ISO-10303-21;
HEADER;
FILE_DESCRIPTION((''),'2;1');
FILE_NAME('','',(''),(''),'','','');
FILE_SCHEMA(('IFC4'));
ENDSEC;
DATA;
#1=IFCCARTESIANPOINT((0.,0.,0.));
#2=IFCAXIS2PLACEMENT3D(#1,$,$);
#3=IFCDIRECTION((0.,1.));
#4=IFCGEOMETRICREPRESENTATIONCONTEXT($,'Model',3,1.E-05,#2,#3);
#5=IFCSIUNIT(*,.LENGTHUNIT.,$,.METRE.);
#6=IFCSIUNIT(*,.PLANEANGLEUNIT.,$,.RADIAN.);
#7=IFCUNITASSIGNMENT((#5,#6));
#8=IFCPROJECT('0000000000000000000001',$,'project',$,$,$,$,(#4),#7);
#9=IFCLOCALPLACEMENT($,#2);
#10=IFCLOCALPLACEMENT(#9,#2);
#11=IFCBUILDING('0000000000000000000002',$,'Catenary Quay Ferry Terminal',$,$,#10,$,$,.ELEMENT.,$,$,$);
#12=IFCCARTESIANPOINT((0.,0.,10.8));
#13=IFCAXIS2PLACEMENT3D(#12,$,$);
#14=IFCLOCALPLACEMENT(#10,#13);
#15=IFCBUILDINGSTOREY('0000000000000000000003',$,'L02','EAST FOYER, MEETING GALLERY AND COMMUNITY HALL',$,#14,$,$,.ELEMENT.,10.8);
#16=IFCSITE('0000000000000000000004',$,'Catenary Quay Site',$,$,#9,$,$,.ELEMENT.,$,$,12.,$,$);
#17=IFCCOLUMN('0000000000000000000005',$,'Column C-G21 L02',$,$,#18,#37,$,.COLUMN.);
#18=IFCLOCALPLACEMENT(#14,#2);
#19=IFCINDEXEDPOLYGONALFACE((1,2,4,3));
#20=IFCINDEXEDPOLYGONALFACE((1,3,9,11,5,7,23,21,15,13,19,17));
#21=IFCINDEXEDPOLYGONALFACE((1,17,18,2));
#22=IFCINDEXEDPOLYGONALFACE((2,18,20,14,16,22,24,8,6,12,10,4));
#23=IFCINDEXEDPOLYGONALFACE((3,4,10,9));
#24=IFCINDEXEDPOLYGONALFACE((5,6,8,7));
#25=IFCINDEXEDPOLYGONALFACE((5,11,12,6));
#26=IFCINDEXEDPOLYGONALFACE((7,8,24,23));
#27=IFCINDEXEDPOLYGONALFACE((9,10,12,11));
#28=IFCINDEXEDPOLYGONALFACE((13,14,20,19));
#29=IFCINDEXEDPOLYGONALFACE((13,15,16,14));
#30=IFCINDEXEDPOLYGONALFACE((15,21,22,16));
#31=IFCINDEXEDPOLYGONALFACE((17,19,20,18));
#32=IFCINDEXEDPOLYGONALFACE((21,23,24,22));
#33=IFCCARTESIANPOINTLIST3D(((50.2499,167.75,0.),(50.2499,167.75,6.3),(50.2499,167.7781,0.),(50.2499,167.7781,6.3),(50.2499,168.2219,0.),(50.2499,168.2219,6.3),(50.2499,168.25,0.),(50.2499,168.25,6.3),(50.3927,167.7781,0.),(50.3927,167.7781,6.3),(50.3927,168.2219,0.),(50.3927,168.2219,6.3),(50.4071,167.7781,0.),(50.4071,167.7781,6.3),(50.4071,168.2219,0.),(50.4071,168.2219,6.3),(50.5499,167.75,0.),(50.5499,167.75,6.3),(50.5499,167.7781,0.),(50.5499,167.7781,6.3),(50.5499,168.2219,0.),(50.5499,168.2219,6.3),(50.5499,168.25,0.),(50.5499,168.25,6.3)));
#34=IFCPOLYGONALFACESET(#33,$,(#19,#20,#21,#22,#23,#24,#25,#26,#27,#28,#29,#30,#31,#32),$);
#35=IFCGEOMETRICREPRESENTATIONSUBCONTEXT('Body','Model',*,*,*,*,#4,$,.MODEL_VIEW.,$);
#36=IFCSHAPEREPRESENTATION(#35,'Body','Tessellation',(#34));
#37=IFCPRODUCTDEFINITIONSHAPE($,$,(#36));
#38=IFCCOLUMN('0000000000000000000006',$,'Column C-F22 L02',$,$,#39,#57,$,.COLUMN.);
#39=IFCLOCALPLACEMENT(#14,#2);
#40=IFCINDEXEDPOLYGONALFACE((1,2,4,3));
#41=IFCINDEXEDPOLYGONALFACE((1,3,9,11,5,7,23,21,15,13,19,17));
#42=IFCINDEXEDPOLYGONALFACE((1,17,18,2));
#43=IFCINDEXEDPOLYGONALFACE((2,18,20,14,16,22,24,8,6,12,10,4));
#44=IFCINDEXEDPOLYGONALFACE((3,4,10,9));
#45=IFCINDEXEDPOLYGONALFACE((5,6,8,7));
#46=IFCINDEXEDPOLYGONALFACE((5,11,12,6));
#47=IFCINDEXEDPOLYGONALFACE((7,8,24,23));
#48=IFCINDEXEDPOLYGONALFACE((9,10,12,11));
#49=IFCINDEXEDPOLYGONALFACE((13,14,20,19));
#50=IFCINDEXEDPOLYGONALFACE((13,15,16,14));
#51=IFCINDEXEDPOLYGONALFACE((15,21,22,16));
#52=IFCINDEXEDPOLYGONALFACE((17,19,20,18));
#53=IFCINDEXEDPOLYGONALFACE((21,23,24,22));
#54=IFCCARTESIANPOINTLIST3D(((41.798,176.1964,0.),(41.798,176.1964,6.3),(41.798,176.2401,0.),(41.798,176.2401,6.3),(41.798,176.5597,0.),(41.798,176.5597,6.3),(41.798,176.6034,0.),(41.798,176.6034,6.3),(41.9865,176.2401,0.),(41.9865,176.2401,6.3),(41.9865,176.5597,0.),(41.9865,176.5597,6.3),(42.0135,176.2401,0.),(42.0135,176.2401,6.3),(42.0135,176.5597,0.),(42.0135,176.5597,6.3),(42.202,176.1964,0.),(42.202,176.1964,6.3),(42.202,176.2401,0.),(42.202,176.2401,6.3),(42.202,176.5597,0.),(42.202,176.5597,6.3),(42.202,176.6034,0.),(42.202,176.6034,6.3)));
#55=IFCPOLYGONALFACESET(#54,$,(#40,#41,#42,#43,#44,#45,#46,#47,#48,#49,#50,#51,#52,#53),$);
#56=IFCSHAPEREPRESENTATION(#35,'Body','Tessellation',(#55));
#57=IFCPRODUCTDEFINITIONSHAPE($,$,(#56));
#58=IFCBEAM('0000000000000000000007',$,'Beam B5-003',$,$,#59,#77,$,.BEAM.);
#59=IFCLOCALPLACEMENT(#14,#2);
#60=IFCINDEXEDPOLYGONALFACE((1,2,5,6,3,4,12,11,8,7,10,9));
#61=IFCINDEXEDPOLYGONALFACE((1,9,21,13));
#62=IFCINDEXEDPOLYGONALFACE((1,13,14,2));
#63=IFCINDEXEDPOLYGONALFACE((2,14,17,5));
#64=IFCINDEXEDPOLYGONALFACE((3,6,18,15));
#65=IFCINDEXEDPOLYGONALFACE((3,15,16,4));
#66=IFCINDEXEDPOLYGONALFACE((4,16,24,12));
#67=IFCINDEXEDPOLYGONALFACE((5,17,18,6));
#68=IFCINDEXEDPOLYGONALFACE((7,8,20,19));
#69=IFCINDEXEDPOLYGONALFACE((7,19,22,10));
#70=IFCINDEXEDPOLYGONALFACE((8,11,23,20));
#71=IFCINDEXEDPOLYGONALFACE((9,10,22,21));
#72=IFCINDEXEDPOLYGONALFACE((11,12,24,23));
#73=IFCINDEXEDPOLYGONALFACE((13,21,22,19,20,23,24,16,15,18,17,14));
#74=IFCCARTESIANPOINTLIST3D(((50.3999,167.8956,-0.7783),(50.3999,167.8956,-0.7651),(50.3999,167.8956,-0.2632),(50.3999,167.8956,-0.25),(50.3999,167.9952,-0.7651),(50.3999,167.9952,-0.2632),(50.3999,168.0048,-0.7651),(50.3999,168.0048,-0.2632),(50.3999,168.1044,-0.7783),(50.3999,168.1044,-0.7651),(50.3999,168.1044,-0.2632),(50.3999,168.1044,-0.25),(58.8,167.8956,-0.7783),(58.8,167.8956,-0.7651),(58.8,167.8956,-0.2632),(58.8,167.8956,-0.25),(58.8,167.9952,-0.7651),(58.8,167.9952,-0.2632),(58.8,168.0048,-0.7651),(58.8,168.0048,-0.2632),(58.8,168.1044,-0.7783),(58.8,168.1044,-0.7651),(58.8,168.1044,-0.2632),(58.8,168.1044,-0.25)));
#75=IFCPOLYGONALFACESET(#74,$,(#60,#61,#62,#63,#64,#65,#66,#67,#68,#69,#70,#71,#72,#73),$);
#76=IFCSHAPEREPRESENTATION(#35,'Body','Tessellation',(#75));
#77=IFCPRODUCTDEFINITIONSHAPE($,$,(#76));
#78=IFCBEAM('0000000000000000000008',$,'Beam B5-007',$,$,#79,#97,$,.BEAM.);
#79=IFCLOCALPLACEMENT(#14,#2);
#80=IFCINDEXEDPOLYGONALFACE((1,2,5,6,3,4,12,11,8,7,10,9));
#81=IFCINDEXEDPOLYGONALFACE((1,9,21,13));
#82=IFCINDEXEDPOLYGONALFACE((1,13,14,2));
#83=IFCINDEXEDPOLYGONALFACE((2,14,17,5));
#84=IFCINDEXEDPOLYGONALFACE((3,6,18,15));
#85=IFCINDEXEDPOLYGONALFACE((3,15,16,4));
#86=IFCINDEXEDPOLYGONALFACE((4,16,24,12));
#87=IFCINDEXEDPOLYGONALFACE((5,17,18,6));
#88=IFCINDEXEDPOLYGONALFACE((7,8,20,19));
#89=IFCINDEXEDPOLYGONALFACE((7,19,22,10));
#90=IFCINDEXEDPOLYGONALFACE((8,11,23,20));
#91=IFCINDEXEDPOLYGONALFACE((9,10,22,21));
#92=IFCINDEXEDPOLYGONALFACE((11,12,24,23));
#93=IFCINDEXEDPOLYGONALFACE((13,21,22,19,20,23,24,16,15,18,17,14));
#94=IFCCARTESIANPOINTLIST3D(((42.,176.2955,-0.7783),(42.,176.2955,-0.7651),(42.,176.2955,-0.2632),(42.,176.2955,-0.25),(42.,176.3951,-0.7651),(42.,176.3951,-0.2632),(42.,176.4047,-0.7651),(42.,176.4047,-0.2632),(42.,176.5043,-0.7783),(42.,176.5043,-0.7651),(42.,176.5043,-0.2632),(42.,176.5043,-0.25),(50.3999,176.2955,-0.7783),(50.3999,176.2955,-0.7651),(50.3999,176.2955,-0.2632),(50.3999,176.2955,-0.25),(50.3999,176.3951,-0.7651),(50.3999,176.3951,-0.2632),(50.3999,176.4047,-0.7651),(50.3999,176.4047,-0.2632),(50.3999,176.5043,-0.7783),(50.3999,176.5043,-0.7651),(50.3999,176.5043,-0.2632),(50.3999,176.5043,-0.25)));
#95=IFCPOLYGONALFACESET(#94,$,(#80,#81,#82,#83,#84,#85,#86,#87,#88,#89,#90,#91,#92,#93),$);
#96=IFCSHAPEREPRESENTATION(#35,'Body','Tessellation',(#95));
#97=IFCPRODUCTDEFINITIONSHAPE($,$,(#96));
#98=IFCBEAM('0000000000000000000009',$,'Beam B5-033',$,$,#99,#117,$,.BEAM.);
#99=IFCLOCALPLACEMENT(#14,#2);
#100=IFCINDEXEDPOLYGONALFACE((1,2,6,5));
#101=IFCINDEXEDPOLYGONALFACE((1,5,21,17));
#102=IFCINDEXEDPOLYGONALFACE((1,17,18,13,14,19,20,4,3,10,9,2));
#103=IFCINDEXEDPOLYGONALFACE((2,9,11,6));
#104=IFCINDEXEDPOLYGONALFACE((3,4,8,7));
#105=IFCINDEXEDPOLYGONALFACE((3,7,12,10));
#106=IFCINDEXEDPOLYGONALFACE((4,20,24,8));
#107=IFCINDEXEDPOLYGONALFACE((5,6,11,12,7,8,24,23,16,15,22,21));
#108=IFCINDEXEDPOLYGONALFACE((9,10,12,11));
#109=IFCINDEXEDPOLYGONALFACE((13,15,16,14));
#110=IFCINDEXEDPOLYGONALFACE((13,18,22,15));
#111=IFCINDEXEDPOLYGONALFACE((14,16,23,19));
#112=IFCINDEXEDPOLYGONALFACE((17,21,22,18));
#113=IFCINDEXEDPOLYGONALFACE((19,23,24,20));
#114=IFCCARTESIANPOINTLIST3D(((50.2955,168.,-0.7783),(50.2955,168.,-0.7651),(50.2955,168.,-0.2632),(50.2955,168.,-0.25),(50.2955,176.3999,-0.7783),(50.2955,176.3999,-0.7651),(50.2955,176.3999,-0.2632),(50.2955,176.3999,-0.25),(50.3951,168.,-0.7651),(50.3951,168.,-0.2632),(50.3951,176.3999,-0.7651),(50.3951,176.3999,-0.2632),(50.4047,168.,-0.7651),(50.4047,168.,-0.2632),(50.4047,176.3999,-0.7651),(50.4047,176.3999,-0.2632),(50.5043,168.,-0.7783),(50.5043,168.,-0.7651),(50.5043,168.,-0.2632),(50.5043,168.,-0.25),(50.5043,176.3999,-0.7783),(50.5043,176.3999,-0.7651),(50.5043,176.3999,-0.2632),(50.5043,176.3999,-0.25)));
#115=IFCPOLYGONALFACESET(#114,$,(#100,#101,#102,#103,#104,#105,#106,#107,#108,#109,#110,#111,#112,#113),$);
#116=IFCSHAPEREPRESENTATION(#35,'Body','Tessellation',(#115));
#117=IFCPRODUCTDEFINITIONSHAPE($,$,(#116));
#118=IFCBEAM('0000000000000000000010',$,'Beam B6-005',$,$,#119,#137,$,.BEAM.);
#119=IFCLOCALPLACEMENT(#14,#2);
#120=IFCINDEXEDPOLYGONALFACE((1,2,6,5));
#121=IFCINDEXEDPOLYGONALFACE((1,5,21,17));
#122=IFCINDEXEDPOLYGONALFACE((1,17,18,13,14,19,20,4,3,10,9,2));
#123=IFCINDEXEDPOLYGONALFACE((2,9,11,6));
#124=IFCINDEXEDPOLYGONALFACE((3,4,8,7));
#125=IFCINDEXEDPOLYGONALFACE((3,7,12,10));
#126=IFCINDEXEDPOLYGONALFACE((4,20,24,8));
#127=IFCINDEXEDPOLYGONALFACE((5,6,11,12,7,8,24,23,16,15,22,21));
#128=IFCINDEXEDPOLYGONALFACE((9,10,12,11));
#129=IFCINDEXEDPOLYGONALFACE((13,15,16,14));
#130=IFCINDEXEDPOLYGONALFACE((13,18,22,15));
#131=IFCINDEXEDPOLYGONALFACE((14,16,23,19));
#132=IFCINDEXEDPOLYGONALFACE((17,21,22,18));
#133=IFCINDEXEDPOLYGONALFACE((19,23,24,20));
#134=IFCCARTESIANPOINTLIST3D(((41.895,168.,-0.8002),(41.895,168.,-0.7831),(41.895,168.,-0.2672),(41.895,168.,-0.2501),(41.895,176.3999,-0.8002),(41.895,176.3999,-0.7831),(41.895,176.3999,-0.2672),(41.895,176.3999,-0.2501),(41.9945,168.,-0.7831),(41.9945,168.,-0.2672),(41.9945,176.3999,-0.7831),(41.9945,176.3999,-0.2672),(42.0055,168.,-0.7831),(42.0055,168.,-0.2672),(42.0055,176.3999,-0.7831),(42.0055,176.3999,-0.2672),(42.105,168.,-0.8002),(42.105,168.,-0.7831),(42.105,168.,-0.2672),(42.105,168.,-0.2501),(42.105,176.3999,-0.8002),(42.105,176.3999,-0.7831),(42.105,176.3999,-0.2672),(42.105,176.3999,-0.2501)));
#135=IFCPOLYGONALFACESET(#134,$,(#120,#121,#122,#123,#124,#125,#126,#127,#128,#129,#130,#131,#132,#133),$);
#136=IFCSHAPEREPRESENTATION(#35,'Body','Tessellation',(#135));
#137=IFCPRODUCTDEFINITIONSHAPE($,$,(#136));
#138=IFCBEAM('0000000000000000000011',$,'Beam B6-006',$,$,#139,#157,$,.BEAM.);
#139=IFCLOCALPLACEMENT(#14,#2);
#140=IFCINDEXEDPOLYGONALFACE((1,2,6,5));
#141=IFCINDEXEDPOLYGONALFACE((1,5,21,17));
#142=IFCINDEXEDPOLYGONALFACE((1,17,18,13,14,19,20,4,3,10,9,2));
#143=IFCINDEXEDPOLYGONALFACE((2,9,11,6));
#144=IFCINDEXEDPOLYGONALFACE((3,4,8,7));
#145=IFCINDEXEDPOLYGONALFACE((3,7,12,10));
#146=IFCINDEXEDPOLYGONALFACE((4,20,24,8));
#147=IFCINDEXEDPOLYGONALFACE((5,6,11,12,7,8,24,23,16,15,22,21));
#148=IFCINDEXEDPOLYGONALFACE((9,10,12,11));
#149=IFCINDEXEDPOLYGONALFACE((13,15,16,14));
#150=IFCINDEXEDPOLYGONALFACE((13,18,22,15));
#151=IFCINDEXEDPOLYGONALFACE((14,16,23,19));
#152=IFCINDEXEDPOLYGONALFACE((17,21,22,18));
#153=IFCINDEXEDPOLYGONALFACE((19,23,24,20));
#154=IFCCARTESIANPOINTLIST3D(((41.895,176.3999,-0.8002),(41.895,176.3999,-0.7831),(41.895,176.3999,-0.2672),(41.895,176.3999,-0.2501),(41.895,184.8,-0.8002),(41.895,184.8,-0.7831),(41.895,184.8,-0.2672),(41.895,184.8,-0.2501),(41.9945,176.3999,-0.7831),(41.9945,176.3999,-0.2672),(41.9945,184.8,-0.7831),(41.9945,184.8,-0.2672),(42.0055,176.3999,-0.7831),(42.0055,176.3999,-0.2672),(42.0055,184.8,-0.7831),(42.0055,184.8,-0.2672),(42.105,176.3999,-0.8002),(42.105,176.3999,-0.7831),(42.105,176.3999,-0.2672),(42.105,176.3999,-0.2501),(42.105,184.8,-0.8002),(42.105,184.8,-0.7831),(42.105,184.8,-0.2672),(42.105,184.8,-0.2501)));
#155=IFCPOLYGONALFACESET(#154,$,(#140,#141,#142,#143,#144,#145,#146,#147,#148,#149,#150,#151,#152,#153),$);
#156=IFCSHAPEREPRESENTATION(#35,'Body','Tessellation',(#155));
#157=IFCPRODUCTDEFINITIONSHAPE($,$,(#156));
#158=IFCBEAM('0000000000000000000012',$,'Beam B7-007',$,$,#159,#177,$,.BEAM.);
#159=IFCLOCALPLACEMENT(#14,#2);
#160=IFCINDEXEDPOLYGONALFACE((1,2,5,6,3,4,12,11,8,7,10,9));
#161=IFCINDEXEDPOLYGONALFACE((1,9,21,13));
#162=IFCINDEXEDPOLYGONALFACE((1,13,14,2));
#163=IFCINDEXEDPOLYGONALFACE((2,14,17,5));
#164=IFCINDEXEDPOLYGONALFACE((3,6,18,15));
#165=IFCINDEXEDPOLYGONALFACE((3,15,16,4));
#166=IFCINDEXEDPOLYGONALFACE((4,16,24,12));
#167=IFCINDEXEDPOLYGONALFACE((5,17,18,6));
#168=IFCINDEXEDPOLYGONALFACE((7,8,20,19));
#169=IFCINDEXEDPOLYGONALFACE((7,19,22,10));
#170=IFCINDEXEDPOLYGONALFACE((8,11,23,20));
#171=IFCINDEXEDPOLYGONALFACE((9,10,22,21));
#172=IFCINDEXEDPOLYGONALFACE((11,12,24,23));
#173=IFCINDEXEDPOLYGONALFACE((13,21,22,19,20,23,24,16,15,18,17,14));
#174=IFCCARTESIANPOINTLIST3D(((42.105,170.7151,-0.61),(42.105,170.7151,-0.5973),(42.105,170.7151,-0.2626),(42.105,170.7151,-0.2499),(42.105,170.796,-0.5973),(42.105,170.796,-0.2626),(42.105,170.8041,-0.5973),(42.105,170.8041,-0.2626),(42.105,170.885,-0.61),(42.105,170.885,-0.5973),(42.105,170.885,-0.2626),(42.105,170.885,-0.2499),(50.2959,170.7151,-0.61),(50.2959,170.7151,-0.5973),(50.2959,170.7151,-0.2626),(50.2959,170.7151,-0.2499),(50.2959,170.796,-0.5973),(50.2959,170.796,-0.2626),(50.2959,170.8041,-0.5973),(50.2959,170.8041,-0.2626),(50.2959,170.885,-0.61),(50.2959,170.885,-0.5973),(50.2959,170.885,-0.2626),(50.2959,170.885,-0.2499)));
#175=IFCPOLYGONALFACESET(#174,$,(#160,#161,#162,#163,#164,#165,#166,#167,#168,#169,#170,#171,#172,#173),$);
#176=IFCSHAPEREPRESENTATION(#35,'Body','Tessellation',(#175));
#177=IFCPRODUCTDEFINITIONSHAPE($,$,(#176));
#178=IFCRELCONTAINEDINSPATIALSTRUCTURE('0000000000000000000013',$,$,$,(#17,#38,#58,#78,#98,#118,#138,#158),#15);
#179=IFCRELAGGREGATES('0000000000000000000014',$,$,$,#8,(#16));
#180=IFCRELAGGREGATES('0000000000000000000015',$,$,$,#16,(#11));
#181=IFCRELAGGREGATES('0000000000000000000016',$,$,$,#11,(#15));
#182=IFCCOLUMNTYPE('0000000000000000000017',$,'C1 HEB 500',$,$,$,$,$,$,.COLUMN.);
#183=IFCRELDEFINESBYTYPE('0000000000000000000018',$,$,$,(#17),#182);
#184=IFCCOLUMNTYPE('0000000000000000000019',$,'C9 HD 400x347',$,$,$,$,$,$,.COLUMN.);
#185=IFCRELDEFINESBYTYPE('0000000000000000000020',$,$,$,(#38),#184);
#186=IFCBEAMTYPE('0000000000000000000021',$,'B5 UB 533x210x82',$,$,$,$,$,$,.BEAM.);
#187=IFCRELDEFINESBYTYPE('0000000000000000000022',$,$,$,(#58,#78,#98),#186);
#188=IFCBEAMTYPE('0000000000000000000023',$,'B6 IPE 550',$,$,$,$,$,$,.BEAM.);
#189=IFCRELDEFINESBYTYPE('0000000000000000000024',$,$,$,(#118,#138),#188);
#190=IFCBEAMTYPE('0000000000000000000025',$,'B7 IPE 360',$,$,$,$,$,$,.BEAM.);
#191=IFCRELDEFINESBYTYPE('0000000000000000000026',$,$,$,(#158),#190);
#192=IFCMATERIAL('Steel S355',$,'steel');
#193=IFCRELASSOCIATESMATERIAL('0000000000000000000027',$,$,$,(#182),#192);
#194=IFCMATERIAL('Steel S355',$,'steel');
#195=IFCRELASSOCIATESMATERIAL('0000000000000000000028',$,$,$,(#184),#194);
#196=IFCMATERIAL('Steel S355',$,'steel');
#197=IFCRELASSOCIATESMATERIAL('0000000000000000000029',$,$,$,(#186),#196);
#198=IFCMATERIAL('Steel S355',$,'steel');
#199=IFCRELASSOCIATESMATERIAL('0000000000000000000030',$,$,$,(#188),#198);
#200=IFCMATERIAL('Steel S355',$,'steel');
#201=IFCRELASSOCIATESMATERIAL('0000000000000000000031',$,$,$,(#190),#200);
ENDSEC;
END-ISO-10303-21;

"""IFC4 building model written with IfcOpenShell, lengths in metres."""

from ifc_helpers import new_model, si_unit, direction, frame, origin, origin_2d, place, context, subcontext, project, spatial, i_section, extrude, material, material_profile, profile_set, type_object, element, save


model = new_model("IFC4")

# Units and contexts
model_context = context("Model", 3, precision=1e-05, world=origin(), true_north=direction((0.0, 1.0)))
body_context = subcontext(model_context, "Body", "Model", "MODEL_VIEW")
ifc_project = project(units=[si_unit("LENGTHUNIT", "METRE"), si_unit("PLANEANGLEUNIT", "RADIAN")], contexts=[model_context])

# Site, building, storey
site_placement = place(None, origin())
site = spatial("IfcSite", under=ifc_project, at=site_placement, Name="Catenary Quay Site", CompositionType="ELEMENT", RefElevation=12.0)
building_placement = place(site_placement, origin())
building = spatial("IfcBuilding", under=site, at=building_placement, Name="Catenary Quay Ferry Terminal", CompositionType="ELEMENT")
storey_placement = place(building_placement, frame((0.0, 0.0, 10.8)))
storey = spatial("IfcBuildingStorey", under=building, at=storey_placement, Name="L02", Description="EAST FOYER, MEETING GALLERY AND COMMUNITY HALL", CompositionType="ELEMENT", Elevation=10.8)

# Columns
ifc_material_1 = material(Name="Steel S355", Category="steel")
ifc_material_profile_1 = material_profile(ifc_material_1, i_section(OverallWidth=0.3, OverallDepth=0.5, WebThickness=0.0144, FlangeThickness=0.0281, at=origin_2d()), Name="HEB 500")
ifc_profile_set_1 = profile_set([ifc_material_profile_1], Name="Steel S355")
column_type_1 = type_object("IfcColumnType", Name="C1 HEB 500", PredefinedType="COLUMN", material=ifc_profile_set_1)
column_1_placement = place(storey_placement, frame((50.3999, 168.0, 0.0), z_axis=(0.0, 0.0, 1.0), x_axis=(1.0, 0.0, 0.0)))
element("IfcColumn", 1, at=column_1_placement, inside=storey, type_object=column_type_1, Name="Column C-G21 L02", PredefinedType="COLUMN", context=body_context, shape_type="SweptSolid", body=[
    extrude(i_section(OverallWidth=0.3, OverallDepth=0.5, WebThickness=0.0144, FlangeThickness=0.0281, at=origin_2d()), origin(), (0.0, 0.0, 1.0), 6.3),
])
ifc_material_2 = material(Name="Steel S355", Category="steel")
ifc_material_profile_2 = material_profile(ifc_material_2, i_section(OverallWidth=0.4041, OverallDepth=0.407, WebThickness=0.0271, FlangeThickness=0.0437, at=origin_2d()), Name="HD 400x347")
ifc_profile_set_2 = profile_set([ifc_material_profile_2], Name="Steel S355")
column_type_2 = type_object("IfcColumnType", Name="C9 HD 400x347", PredefinedType="COLUMN", material=ifc_profile_set_2)
column_2_placement = place(storey_placement, frame((42.0, 176.3999, 0.0), z_axis=(0.0, 0.0, 1.0), x_axis=(1.0, 0.0, 0.0)))
element("IfcColumn", 2, at=column_2_placement, inside=storey, type_object=column_type_2, Name="Column C-F22 L02", PredefinedType="COLUMN", context=body_context, shape_type="SweptSolid", body=[
    extrude(i_section(OverallWidth=0.4041, OverallDepth=0.407, WebThickness=0.0271, FlangeThickness=0.0437, at=origin_2d()), origin(), (0.0, 0.0, 1.0), 6.3),
])

# Beams
ifc_material_3 = material(Name="Steel S355", Category="steel")
ifc_material_profile_3 = material_profile(ifc_material_3, i_section(OverallWidth=0.2087, OverallDepth=0.5283, WebThickness=0.0095, FlangeThickness=0.0132, at=origin_2d()), Name="UB 533x210x82")
ifc_profile_set_3 = profile_set([ifc_material_profile_3], Name="Steel S355")
beam_type_1 = type_object("IfcBeamType", Name="B5 UB 533x210x82", PredefinedType="BEAM", material=ifc_profile_set_3)
beam_1_placement = place(storey_placement, frame((50.3999, 168.0, -0.5142), z_axis=(1.0, 0.0, 0.0), x_axis=(0.0, 1.0, 0.0)))
element("IfcBeam", 3, at=beam_1_placement, inside=storey, type_object=beam_type_1, Name="Beam B5-003", PredefinedType="BEAM", context=body_context, shape_type="SweptSolid", body=[
    extrude(i_section(OverallWidth=0.2087, OverallDepth=0.5283, WebThickness=0.0095, FlangeThickness=0.0132, at=origin_2d()), origin(), (0.0, 0.0, 1.0), 8.4001),
])
for number, where, z_axis, x_axis, name in (
    (4, (42.0, 176.3999, -0.5142), (1.0, 0.0, 0.0), (0.0, 1.0, 0.0), "Beam B5-007"),
    (5, (50.3999, 168.0, -0.5142), (0.0, 1.0, 0.0), (-1.0, 0.0, 0.0), "Beam B5-033"),
):
    element("IfcBeam", number, at=place(storey_placement, frame(where, z_axis=z_axis, x_axis=x_axis)), inside=storey, type_object=beam_type_1, Name=name, PredefinedType="BEAM", context=body_context, shape_type="SweptSolid", body=[
        extrude(i_section(OverallWidth=0.2087, OverallDepth=0.5283, WebThickness=0.0095, FlangeThickness=0.0132, at=origin_2d()), origin(), (0.0, 0.0, 1.0), 8.3999),
    ])
ifc_material_4 = material(Name="Steel S355", Category="steel")
ifc_material_profile_4 = material_profile(ifc_material_4, i_section(OverallWidth=0.21, OverallDepth=0.55, WebThickness=0.011, FlangeThickness=0.0171, at=origin_2d()), Name="IPE 550")
ifc_profile_set_4 = profile_set([ifc_material_profile_4], Name="Steel S355")
beam_type_2 = type_object("IfcBeamType", Name="B6 IPE 550", PredefinedType="BEAM", material=ifc_profile_set_4)
beam_2_placement = place(storey_placement, frame((42.0, 168.0, -0.5251), z_axis=(0.0, 1.0, 0.0), x_axis=(-1.0, 0.0, 0.0)))
element("IfcBeam", 6, at=beam_2_placement, inside=storey, type_object=beam_type_2, Name="Beam B6-005", PredefinedType="BEAM", context=body_context, shape_type="SweptSolid", body=[
    extrude(i_section(OverallWidth=0.21, OverallDepth=0.55, WebThickness=0.011, FlangeThickness=0.0171, at=origin_2d()), origin(), (0.0, 0.0, 1.0), 8.3999),
])
beam_3_placement = place(storey_placement, frame((42.0, 176.3999, -0.5251), z_axis=(0.0, 1.0, 0.0), x_axis=(-1.0, 0.0, 0.0)))
element("IfcBeam", 7, at=beam_3_placement, inside=storey, type_object=beam_type_2, Name="Beam B6-006", PredefinedType="BEAM", context=body_context, shape_type="SweptSolid", body=[
    extrude(i_section(OverallWidth=0.21, OverallDepth=0.55, WebThickness=0.011, FlangeThickness=0.0171, at=origin_2d()), origin(), (0.0, 0.0, 1.0), 8.4001),
])
ifc_material_5 = material(Name="Steel S355", Category="steel")
ifc_material_profile_5 = material_profile(ifc_material_5, i_section(OverallWidth=0.1699, OverallDepth=0.3601, WebThickness=0.0081, FlangeThickness=0.0127, at=origin_2d()), Name="IPE 360")
ifc_profile_set_5 = profile_set([ifc_material_profile_5], Name="Steel S355")
beam_type_3 = type_object("IfcBeamType", Name="B7 IPE 360", PredefinedType="BEAM", material=ifc_profile_set_5)
beam_4_placement = place(storey_placement, frame((42.105, 170.8, -0.4299), z_axis=(1.0, 0.0, 0.0), x_axis=(0.0, 1.0, 0.0)))
element("IfcBeam", 8, at=beam_4_placement, inside=storey, type_object=beam_type_3, Name="Beam B7-007", PredefinedType="BEAM", context=body_context, shape_type="SweptSolid", body=[
    extrude(i_section(OverallWidth=0.1699, OverallDepth=0.3601, WebThickness=0.0081, FlangeThickness=0.0127, at=origin_2d()), origin(), (0.0, 0.0, 1.0), 8.1909),
])

save(model, "model.ifc")
